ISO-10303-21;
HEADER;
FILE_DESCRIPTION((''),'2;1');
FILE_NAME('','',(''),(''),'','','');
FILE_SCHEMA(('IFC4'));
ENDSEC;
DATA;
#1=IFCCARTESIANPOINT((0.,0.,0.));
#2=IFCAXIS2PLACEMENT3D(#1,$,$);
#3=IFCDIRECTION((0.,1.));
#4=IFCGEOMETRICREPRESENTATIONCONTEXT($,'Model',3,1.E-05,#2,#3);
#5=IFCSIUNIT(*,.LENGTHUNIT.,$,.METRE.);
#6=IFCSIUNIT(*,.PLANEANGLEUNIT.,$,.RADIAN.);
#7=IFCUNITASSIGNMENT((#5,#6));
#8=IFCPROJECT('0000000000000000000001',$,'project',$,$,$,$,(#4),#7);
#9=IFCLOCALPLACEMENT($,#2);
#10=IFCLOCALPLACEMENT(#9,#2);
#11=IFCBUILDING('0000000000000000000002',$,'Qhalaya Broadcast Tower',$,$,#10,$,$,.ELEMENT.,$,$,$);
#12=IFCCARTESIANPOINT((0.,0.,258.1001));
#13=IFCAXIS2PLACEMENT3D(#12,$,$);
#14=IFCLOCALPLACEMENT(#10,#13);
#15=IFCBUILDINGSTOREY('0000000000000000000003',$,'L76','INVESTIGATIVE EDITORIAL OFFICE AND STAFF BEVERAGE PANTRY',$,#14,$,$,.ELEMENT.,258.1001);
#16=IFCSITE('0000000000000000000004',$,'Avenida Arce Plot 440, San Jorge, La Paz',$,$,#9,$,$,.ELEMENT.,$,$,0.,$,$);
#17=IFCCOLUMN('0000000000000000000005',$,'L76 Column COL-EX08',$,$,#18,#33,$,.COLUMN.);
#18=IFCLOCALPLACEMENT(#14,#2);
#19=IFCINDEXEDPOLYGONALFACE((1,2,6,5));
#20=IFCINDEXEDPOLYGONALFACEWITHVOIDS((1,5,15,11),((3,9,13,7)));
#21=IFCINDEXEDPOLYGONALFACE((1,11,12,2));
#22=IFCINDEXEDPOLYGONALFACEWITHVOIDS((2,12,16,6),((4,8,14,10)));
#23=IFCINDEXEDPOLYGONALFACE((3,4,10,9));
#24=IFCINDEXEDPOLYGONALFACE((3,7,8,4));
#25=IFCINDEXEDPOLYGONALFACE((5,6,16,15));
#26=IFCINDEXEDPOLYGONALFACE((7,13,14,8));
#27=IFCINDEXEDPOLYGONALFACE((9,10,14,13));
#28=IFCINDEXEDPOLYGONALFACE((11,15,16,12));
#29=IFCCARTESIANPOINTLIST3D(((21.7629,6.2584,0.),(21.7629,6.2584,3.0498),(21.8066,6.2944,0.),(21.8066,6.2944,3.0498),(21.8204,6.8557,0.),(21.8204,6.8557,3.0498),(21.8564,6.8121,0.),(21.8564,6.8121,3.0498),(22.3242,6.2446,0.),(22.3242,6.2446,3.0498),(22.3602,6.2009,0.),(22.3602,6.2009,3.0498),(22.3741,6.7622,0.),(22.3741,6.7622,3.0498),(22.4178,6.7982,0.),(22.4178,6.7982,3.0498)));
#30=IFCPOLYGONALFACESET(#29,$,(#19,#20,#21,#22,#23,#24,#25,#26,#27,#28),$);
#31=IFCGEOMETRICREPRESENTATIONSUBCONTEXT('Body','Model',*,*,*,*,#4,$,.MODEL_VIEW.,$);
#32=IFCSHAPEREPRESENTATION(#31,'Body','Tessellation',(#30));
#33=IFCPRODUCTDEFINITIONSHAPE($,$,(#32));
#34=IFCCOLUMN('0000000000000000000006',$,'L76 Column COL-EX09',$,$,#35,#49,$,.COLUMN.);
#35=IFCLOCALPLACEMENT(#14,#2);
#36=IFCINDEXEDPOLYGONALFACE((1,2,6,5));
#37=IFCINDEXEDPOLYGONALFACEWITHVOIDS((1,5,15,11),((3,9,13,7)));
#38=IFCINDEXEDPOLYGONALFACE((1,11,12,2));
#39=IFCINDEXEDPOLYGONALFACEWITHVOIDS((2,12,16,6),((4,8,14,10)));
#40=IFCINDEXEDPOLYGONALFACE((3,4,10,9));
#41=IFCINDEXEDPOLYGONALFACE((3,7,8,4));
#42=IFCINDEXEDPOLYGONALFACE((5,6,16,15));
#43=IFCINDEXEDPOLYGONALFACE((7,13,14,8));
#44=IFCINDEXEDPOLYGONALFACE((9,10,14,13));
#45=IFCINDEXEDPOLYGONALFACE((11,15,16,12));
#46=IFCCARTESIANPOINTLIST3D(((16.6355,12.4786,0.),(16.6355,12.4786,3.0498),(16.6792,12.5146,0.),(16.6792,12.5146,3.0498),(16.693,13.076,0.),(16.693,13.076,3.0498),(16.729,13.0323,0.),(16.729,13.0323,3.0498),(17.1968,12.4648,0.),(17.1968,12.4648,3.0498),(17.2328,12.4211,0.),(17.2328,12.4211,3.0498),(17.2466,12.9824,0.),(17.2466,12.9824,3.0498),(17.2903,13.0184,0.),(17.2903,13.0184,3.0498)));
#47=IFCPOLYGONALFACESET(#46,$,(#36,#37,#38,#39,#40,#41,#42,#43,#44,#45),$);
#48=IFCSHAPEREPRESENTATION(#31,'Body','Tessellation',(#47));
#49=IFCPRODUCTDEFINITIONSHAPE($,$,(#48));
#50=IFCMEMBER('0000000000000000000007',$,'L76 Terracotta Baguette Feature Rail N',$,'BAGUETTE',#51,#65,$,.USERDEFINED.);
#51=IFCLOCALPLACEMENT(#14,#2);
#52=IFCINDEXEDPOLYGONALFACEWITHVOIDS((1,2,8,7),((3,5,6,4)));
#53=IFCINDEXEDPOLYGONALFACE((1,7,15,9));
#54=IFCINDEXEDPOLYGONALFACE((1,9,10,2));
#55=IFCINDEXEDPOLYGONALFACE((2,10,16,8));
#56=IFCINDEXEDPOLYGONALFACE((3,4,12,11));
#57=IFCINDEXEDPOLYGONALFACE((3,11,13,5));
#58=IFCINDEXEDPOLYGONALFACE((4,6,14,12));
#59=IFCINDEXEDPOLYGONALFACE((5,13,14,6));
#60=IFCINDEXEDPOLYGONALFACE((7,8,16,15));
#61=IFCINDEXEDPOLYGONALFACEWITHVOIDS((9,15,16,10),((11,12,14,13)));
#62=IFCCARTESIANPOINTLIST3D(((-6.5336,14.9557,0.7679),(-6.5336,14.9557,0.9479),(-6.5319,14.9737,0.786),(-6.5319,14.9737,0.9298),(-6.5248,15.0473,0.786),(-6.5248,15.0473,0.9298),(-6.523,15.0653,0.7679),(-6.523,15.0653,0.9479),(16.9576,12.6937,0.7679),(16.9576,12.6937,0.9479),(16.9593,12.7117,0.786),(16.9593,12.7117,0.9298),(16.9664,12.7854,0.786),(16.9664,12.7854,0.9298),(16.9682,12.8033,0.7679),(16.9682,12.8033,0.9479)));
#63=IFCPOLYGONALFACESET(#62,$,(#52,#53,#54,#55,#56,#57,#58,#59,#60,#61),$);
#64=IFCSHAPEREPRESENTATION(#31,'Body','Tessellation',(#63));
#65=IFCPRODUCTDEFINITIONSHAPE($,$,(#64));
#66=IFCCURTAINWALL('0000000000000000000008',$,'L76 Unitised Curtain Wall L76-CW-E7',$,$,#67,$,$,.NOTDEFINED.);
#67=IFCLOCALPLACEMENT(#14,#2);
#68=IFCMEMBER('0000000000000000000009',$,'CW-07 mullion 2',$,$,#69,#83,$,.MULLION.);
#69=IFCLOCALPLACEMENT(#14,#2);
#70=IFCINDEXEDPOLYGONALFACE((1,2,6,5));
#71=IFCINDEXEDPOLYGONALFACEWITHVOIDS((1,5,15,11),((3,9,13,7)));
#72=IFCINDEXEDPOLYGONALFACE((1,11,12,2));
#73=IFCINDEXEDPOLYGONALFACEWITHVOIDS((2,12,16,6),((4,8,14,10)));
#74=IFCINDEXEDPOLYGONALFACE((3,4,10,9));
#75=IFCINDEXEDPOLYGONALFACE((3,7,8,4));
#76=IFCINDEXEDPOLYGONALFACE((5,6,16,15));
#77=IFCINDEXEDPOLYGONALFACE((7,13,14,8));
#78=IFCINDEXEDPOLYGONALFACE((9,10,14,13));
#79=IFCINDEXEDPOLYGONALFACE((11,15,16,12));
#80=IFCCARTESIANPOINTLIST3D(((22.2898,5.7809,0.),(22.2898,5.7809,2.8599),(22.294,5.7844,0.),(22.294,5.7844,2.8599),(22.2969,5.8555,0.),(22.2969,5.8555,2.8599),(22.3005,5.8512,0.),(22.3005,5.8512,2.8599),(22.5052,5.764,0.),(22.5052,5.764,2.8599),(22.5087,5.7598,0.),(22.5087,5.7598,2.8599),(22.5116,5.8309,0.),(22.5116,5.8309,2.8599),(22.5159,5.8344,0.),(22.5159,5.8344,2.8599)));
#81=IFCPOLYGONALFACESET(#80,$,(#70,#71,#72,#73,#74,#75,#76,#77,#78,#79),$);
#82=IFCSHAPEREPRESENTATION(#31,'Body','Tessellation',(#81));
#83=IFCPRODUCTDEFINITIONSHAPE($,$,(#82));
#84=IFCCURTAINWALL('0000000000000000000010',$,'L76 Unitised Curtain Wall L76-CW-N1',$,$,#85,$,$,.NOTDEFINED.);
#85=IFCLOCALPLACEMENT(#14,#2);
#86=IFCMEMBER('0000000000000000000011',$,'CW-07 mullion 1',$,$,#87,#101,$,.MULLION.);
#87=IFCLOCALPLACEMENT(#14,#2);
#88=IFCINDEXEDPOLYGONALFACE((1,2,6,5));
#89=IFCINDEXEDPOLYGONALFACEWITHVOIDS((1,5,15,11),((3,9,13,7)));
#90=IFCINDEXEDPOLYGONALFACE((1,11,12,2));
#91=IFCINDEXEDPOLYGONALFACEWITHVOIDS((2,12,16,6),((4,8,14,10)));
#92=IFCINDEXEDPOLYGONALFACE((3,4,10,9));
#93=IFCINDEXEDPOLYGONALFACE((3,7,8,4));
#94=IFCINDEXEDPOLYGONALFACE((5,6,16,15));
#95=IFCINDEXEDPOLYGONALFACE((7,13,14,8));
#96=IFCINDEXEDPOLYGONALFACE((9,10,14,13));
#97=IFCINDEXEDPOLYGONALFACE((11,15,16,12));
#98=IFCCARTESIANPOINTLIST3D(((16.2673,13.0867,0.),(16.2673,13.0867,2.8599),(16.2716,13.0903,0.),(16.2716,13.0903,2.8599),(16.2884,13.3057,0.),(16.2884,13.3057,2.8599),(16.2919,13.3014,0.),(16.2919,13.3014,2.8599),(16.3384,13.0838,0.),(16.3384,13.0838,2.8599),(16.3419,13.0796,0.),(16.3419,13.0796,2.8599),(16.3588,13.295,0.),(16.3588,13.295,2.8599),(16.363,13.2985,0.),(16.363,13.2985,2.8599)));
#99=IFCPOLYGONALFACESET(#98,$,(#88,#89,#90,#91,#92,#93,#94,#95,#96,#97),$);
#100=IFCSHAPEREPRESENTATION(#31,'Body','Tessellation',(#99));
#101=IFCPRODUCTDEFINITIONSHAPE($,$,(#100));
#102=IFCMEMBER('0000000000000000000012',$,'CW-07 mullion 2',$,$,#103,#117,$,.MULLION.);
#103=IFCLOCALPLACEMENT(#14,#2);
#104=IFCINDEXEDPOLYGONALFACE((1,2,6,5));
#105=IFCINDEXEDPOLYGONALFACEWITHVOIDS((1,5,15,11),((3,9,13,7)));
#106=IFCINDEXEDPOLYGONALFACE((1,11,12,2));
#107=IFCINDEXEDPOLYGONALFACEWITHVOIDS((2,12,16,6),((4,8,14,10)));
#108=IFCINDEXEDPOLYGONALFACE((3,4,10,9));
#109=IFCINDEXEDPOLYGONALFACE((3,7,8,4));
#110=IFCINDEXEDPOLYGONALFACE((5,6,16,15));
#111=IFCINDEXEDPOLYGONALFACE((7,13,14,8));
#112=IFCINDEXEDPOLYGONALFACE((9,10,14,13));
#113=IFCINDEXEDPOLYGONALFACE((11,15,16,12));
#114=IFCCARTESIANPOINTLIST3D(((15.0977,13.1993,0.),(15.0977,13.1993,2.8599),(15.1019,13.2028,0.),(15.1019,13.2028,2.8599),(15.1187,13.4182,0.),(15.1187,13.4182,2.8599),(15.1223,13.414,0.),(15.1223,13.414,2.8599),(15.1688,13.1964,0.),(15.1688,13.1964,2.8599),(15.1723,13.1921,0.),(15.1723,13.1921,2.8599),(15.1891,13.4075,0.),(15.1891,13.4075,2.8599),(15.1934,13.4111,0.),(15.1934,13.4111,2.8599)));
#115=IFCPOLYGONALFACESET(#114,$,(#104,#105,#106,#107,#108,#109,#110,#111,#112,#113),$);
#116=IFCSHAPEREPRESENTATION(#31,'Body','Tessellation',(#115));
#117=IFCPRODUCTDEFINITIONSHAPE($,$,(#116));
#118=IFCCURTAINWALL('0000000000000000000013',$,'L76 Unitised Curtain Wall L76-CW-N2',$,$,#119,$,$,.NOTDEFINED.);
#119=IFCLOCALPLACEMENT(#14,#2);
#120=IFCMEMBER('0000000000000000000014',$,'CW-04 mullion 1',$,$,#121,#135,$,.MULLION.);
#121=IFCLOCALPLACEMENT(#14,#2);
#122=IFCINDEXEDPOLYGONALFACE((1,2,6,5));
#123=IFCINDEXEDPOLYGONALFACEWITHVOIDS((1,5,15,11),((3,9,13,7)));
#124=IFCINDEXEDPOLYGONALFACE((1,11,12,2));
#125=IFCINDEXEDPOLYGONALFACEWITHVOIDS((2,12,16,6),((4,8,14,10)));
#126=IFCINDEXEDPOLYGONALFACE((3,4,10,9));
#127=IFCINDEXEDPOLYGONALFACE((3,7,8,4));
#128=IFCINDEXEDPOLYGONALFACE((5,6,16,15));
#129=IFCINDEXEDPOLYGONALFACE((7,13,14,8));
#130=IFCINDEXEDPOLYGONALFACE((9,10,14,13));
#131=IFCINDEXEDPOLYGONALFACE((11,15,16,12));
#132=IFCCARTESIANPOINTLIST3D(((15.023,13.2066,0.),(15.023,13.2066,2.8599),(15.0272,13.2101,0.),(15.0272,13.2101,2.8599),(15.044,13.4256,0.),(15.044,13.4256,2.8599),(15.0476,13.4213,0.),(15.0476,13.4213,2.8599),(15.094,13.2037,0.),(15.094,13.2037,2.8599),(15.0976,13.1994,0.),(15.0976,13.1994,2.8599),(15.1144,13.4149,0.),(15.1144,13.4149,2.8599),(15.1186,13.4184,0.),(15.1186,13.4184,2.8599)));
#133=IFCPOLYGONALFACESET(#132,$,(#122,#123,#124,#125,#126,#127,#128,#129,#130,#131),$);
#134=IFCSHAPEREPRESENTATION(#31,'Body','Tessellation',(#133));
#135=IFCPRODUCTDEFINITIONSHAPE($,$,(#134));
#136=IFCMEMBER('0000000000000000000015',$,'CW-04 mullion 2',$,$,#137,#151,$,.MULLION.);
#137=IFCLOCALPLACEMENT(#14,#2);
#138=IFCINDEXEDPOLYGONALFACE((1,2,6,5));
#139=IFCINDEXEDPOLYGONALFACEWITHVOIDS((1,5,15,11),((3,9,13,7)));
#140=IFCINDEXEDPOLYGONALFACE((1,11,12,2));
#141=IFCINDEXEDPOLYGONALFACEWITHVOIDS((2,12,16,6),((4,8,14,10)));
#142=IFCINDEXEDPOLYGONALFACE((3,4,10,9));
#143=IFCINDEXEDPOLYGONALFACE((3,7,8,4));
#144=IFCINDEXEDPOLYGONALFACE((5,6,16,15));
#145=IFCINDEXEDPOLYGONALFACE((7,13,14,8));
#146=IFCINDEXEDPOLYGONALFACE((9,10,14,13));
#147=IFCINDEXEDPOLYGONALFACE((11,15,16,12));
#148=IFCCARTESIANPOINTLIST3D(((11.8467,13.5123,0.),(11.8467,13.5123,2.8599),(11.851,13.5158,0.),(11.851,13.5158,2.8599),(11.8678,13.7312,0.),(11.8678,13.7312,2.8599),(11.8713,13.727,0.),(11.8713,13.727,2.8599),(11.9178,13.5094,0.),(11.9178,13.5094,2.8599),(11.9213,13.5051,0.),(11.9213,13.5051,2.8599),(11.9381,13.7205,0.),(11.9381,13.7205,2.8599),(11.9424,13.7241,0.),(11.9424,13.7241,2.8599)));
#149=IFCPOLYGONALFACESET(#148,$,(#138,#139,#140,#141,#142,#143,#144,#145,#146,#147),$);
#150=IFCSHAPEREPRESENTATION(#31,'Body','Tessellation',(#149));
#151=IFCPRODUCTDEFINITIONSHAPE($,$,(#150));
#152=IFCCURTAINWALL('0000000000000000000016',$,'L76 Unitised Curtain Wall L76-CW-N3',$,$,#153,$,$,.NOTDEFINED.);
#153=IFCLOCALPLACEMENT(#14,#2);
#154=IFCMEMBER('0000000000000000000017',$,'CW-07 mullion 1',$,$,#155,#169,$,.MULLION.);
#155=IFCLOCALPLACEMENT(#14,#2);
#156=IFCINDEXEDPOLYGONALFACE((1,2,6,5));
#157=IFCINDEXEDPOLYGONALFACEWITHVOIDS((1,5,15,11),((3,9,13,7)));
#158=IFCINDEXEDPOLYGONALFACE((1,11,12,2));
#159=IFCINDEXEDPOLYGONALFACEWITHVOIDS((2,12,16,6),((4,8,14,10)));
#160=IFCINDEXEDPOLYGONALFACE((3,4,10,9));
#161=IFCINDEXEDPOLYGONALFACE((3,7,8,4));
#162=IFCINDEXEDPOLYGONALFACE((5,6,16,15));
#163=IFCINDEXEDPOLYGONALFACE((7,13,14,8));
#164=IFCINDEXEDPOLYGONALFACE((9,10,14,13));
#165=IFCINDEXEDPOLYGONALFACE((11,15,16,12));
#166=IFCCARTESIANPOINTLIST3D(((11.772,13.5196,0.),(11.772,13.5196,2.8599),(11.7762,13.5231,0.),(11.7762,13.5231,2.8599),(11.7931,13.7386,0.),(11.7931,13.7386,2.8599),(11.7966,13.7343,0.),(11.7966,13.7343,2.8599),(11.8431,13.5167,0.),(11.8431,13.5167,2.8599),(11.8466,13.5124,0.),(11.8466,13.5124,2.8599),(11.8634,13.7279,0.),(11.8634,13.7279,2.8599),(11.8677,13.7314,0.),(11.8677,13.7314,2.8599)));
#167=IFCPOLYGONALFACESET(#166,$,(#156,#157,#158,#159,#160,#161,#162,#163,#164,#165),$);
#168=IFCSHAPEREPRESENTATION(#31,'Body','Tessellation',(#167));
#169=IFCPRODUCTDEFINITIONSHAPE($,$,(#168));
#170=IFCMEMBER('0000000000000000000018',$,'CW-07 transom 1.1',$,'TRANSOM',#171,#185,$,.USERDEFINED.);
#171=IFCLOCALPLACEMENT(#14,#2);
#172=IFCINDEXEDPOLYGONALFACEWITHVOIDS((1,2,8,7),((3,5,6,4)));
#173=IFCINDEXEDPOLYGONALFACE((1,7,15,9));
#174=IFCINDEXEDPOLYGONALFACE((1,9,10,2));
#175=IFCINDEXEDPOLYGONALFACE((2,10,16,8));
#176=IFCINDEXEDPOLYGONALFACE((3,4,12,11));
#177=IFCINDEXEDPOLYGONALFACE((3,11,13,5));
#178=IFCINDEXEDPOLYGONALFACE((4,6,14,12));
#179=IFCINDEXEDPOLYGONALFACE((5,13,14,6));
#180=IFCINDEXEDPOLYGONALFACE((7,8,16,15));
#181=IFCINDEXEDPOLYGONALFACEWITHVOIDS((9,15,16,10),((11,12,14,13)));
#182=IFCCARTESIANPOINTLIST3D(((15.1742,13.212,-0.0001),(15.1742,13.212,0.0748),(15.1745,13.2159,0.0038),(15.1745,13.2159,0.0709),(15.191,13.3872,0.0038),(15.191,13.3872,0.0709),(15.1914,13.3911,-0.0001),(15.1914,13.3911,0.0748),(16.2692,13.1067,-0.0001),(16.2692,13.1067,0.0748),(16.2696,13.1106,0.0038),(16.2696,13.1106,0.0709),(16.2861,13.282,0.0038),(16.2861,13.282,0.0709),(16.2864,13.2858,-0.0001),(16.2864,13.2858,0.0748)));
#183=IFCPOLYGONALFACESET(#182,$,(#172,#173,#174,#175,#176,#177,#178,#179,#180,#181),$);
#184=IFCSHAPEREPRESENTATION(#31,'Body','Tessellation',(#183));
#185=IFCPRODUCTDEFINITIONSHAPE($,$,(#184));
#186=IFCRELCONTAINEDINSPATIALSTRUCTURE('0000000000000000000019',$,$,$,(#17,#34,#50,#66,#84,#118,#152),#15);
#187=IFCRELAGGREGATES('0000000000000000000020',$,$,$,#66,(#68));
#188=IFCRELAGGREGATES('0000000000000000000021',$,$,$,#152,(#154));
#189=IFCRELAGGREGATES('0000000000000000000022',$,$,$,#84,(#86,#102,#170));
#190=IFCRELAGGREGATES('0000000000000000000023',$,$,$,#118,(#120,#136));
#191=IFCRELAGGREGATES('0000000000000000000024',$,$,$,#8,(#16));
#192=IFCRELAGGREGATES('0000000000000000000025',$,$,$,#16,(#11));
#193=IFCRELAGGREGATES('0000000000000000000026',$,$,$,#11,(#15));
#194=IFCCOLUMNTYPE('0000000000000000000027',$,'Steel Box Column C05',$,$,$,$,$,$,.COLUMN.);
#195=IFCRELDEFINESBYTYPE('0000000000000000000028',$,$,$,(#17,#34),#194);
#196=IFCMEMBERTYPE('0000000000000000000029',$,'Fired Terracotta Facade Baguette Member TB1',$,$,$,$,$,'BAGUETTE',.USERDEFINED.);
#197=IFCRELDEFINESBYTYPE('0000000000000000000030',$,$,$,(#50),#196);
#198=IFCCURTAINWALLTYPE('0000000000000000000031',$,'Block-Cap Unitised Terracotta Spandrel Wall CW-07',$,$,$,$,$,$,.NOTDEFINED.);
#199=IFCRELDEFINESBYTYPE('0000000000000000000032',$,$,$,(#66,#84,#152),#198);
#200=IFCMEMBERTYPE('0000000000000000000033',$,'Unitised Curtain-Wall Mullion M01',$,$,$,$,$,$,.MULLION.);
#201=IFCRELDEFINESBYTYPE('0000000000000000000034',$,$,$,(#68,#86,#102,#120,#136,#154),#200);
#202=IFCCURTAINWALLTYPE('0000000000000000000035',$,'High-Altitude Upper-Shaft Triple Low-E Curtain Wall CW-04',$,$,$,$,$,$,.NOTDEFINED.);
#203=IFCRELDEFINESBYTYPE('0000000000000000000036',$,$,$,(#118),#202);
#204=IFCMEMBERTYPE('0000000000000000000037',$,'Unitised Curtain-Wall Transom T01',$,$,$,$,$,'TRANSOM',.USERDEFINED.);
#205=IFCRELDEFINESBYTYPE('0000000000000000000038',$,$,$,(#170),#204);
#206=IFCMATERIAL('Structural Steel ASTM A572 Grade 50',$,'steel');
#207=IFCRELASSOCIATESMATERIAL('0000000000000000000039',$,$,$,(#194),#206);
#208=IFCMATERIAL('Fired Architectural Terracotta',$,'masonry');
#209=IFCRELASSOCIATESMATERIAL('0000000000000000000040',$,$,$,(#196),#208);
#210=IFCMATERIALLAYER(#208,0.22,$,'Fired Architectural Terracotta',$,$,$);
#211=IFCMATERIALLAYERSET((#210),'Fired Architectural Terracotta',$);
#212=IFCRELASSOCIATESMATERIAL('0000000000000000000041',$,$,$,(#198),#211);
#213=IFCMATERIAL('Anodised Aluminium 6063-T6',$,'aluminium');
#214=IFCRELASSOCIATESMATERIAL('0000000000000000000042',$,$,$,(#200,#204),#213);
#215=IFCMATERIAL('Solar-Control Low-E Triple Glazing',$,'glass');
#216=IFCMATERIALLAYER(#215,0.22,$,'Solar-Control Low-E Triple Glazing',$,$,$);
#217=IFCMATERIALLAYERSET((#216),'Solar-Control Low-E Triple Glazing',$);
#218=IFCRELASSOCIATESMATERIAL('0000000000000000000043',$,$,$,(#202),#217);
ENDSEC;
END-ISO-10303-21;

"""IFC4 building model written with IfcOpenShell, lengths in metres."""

from ifc_helpers import new_model, si_unit, direction, frame, origin, origin_2d, place, context, subcontext, project, spatial, hollow_rectangle, extrude, material, layer, layer_set, material_profile, profile_set, type_object, element, aggregate, save


model = new_model("IFC4")

# Units and contexts
model_context = context("Model", 3, precision=1e-05, world=origin(), true_north=direction((0.0, 1.0)))
body_context = subcontext(model_context, "Body", "Model", "MODEL_VIEW")
ifc_project = project(units=[si_unit("LENGTHUNIT", "METRE"), si_unit("PLANEANGLEUNIT", "RADIAN")], contexts=[model_context])

# Site, building, storey
site_placement = place(None, origin())
site = spatial("IfcSite", under=ifc_project, at=site_placement, Name="Avenida Arce Plot 440, San Jorge, La Paz", CompositionType="ELEMENT", RefElevation=0.0)
building_placement = place(site_placement, origin())
building = spatial("IfcBuilding", under=site, at=building_placement, Name="Qhalaya Broadcast Tower", CompositionType="ELEMENT")
storey_placement = place(building_placement, frame((0.0, 0.0, 258.1001)))
storey = spatial("IfcBuildingStorey", under=building, at=storey_placement, Name="L76", Description="INVESTIGATIVE EDITORIAL OFFICE AND STAFF BEVERAGE PANTRY", CompositionType="ELEMENT", Elevation=258.1001)

# Columns
ifc_material_1 = material(Name="Structural Steel ASTM A572 Grade 50", Category="steel")
ifc_material_profile_1 = material_profile(ifc_material_1, hollow_rectangle(XDim=0.6001, YDim=0.6001, WallThickness=0.04, at=origin_2d()), Name="BOX 600x600x40")
ifc_profile_set_1 = profile_set([ifc_material_profile_1], Name="Structural Steel ASTM A572 Grade 50")
column_type = type_object("IfcColumnType", Name="Steel Box Column C05", PredefinedType="COLUMN", material=ifc_profile_set_1)
for number, where, z_axis, x_axis, name in (
    (1, (22.0903, 6.5283, 0.0), (0.0, 0.0, 1.0), (0.095846, 0.995396, 0.0), "L76 Column COL-EX08"),
    (2, (16.9629, 12.7485, 0.0), (0.0, 0.0, 1.0), (0.995396, -0.095846, 0.0), "L76 Column COL-EX09"),
):
    element("IfcColumn", number, at=place(storey_placement, frame(where, z_axis=z_axis, x_axis=x_axis)), inside=storey, type_object=column_type, Name=name, PredefinedType="COLUMN", context=body_context, shape_type="SweptSolid", body=[
        extrude(hollow_rectangle(XDim=0.6001, YDim=0.6001, WallThickness=0.04, at=origin_2d()), origin(), (0.0, 0.0, 1.0), 3.0498),
    ])

# Member
ifc_material_2 = material(Name="Fired Architectural Terracotta", Category="masonry")
ifc_material_profile_2 = material_profile(ifc_material_2, hollow_rectangle(XDim=0.1101, YDim=0.1799, WallThickness=0.0181, at=origin_2d()), Name="TB-BAG 110x180x18")
ifc_profile_set_2 = profile_set([ifc_material_profile_2], Name="Fired Architectural Terracotta")
member_type_1 = type_object("IfcMemberType", Name="Fired Terracotta Facade Baguette Member TB1", ElementType="BAGUETTE", PredefinedType="USERDEFINED", material=ifc_profile_set_2)
member_1_placement = place(storey_placement, frame((16.9629, 12.7485, 0.8579), z_axis=(-0.995396, 0.095846, 0.0), x_axis=(-0.095846, -0.995396, 0.0)))
element("IfcMember", 3, at=member_1_placement, inside=storey, type_object=member_type_1, Name="L76 Terracotta Baguette Feature Rail N", ObjectType="BAGUETTE", PredefinedType="USERDEFINED", context=body_context, shape_type="SweptSolid", body=[
    extrude(hollow_rectangle(XDim=0.1101, YDim=0.1799, WallThickness=0.0181, at=origin_2d()), origin(), (0.0, 0.0, 1.0), 23.5999),
])

# Curtain wall, member
ifc_layer_1 = layer(ifc_material_2, 0.22, Name="Fired Architectural Terracotta")
ifc_layer_set_1 = layer_set([ifc_layer_1], Name="Fired Architectural Terracotta")
curtain_wall_type_1 = type_object("IfcCurtainWallType", Name="Block-Cap Unitised Terracotta Spandrel Wall CW-07", PredefinedType="NOTDEFINED", material=ifc_layer_set_1)
curtain_wall_1_placement = place(storey_placement, origin())
curtain_wall_1 = element("IfcCurtainWall", 4, at=curtain_wall_1_placement, inside=storey, type_object=curtain_wall_type_1, Name="L76 Unitised Curtain Wall L76-CW-E7", PredefinedType="NOTDEFINED")
ifc_material_3 = material(Name="Anodised Aluminium 6063-T6", Category="aluminium")
ifc_material_profile_3 = material_profile(ifc_material_3, hollow_rectangle(XDim=0.075, YDim=0.22, WallThickness=0.0039, at=origin_2d()), Name="ALU-MUL 75x220x4")
ifc_profile_set_3 = profile_set([ifc_material_profile_3], Name="Anodised Aluminium 6063-T6")
member_type_2 = type_object("IfcMemberType", Name="Unitised Curtain-Wall Mullion M01", PredefinedType="MULLION", material=ifc_profile_set_3)
member_2_placement = place(storey_placement, frame((22.4028, 5.8076, 0.0), z_axis=(0.0, 0.0, 1.0), x_axis=(0.09584, 0.995397, 0.0)))
member_2 = element("IfcMember", 5, at=member_2_placement, type_object=member_type_2, Name="CW-07 mullion 2", PredefinedType="MULLION", context=body_context, shape_type="SweptSolid", body=[
    extrude(hollow_rectangle(XDim=0.075, YDim=0.22, WallThickness=0.0039, at=origin_2d()), origin(), (0.0, 0.0, 1.0), 2.8599),
])
aggregate(curtain_wall_1, [member_2])

# Curtain walls, members
curtain_wall_2_placement = place(storey_placement, origin())
curtain_wall_2 = element("IfcCurtainWall", 6, at=curtain_wall_2_placement, inside=storey, type_object=curtain_wall_type_1, Name="L76 Unitised Curtain Wall L76-CW-N1", PredefinedType="NOTDEFINED")
member_3_placement = place(storey_placement, frame((16.3152, 13.1926, 0.0), z_axis=(0.0, 0.0, 1.0), x_axis=(-0.995396, 0.095844, 0.0)))
member_3 = element("IfcMember", 7, at=member_3_placement, type_object=member_type_2, Name="CW-07 mullion 1", PredefinedType="MULLION", context=body_context, shape_type="SweptSolid", body=[
    extrude(hollow_rectangle(XDim=0.075, YDim=0.22, WallThickness=0.0039, at=origin_2d()), origin(), (0.0, 0.0, 1.0), 2.8599),
])
member_4_placement = place(storey_placement, frame((15.1455, 13.3052, 0.0), z_axis=(0.0, 0.0, 1.0), x_axis=(-0.995396, 0.095844, 0.0)))
member_4 = element("IfcMember", 8, at=member_4_placement, type_object=member_type_2, Name="CW-07 mullion 2", PredefinedType="MULLION", context=body_context, shape_type="SweptSolid", body=[
    extrude(hollow_rectangle(XDim=0.075, YDim=0.22, WallThickness=0.0039, at=origin_2d()), origin(), (0.0, 0.0, 1.0), 2.8599),
])
ifc_material_4 = material(Name="Solar-Control Low-E Triple Glazing", Category="glass")
ifc_layer_2 = layer(ifc_material_4, 0.22, Name="Solar-Control Low-E Triple Glazing")
ifc_layer_set_2 = layer_set([ifc_layer_2], Name="Solar-Control Low-E Triple Glazing")
curtain_wall_type_2 = type_object("IfcCurtainWallType", Name="High-Altitude Upper-Shaft Triple Low-E Curtain Wall CW-04", PredefinedType="NOTDEFINED", material=ifc_layer_set_2)
curtain_wall_3_placement = place(storey_placement, origin())
curtain_wall_3 = element("IfcCurtainWall", 9, at=curtain_wall_3_placement, inside=storey, type_object=curtain_wall_type_2, Name="L76 Unitised Curtain Wall L76-CW-N2", PredefinedType="NOTDEFINED")
member_5_placement = place(storey_placement, frame((15.0708, 13.3125, 0.0), z_axis=(0.0, 0.0, 1.0), x_axis=(-0.995397, 0.095835, 0.0)))
member_5 = element("IfcMember", 10, at=member_5_placement, type_object=member_type_2, Name="CW-04 mullion 1", PredefinedType="MULLION", context=body_context, shape_type="SweptSolid", body=[
    extrude(hollow_rectangle(XDim=0.075, YDim=0.22, WallThickness=0.0039, at=origin_2d()), origin(), (0.0, 0.0, 1.0), 2.8599),
])
member_6_placement = place(storey_placement, frame((11.8945, 13.6182, 0.0), z_axis=(0.0, 0.0, 1.0), x_axis=(-0.995397, 0.095835, 0.0)))
member_6 = element("IfcMember", 11, at=member_6_placement, type_object=member_type_2, Name="CW-04 mullion 2", PredefinedType="MULLION", context=body_context, shape_type="SweptSolid", body=[
    extrude(hollow_rectangle(XDim=0.075, YDim=0.22, WallThickness=0.0039, at=origin_2d()), origin(), (0.0, 0.0, 1.0), 2.8599),
])

# Curtain wall, member
curtain_wall_4_placement = place(storey_placement, origin())
curtain_wall_4 = element("IfcCurtainWall", 12, at=curtain_wall_4_placement, inside=storey, type_object=curtain_wall_type_1, Name="L76 Unitised Curtain Wall L76-CW-N3", PredefinedType="NOTDEFINED")
member_7_placement = place(storey_placement, frame((11.8198, 13.6255, 0.0), z_axis=(0.0, 0.0, 1.0), x_axis=(-0.995395, 0.09586, 0.0)))
member_7 = element("IfcMember", 13, at=member_7_placement, type_object=member_type_2, Name="CW-07 mullion 1", PredefinedType="MULLION", context=body_context, shape_type="SweptSolid", body=[
    extrude(hollow_rectangle(XDim=0.075, YDim=0.22, WallThickness=0.0039, at=origin_2d()), origin(), (0.0, 0.0, 1.0), 2.8599),
])

# Member
ifc_material_profile_4 = material_profile(ifc_material_3, hollow_rectangle(XDim=0.075, YDim=0.1799, WallThickness=0.0039, at=origin_2d()), Name="ALU-TRN 75x180x4")
ifc_profile_set_4 = profile_set([ifc_material_profile_4], Name="Anodised Aluminium 6063-T6")
member_type_3 = type_object("IfcMemberType", Name="Unitised Curtain-Wall Transom T01", ElementType="TRANSOM", PredefinedType="USERDEFINED", material=ifc_profile_set_4)
member_8_placement = place(storey_placement, frame((16.2778, 13.1963, 0.0374), z_axis=(-0.995414, 0.095657, 0.0), x_axis=(0.0, 0.0, 1.0)))
member_8 = element("IfcMember", 14, at=member_8_placement, type_object=member_type_3, Name="CW-07 transom 1.1", ObjectType="TRANSOM", PredefinedType="USERDEFINED", context=body_context, shape_type="SweptSolid", body=[
    extrude(hollow_rectangle(XDim=0.075, YDim=0.1799, WallThickness=0.0039, at=origin_2d()), origin(), (0.0, 0.0, 1.0), 1.1001),
])
aggregate(curtain_wall_4, [member_7])

aggregate(curtain_wall_2, [member_3, member_4, member_8])
aggregate(curtain_wall_3, [member_5, member_6])

save(model, "model.ifc")
